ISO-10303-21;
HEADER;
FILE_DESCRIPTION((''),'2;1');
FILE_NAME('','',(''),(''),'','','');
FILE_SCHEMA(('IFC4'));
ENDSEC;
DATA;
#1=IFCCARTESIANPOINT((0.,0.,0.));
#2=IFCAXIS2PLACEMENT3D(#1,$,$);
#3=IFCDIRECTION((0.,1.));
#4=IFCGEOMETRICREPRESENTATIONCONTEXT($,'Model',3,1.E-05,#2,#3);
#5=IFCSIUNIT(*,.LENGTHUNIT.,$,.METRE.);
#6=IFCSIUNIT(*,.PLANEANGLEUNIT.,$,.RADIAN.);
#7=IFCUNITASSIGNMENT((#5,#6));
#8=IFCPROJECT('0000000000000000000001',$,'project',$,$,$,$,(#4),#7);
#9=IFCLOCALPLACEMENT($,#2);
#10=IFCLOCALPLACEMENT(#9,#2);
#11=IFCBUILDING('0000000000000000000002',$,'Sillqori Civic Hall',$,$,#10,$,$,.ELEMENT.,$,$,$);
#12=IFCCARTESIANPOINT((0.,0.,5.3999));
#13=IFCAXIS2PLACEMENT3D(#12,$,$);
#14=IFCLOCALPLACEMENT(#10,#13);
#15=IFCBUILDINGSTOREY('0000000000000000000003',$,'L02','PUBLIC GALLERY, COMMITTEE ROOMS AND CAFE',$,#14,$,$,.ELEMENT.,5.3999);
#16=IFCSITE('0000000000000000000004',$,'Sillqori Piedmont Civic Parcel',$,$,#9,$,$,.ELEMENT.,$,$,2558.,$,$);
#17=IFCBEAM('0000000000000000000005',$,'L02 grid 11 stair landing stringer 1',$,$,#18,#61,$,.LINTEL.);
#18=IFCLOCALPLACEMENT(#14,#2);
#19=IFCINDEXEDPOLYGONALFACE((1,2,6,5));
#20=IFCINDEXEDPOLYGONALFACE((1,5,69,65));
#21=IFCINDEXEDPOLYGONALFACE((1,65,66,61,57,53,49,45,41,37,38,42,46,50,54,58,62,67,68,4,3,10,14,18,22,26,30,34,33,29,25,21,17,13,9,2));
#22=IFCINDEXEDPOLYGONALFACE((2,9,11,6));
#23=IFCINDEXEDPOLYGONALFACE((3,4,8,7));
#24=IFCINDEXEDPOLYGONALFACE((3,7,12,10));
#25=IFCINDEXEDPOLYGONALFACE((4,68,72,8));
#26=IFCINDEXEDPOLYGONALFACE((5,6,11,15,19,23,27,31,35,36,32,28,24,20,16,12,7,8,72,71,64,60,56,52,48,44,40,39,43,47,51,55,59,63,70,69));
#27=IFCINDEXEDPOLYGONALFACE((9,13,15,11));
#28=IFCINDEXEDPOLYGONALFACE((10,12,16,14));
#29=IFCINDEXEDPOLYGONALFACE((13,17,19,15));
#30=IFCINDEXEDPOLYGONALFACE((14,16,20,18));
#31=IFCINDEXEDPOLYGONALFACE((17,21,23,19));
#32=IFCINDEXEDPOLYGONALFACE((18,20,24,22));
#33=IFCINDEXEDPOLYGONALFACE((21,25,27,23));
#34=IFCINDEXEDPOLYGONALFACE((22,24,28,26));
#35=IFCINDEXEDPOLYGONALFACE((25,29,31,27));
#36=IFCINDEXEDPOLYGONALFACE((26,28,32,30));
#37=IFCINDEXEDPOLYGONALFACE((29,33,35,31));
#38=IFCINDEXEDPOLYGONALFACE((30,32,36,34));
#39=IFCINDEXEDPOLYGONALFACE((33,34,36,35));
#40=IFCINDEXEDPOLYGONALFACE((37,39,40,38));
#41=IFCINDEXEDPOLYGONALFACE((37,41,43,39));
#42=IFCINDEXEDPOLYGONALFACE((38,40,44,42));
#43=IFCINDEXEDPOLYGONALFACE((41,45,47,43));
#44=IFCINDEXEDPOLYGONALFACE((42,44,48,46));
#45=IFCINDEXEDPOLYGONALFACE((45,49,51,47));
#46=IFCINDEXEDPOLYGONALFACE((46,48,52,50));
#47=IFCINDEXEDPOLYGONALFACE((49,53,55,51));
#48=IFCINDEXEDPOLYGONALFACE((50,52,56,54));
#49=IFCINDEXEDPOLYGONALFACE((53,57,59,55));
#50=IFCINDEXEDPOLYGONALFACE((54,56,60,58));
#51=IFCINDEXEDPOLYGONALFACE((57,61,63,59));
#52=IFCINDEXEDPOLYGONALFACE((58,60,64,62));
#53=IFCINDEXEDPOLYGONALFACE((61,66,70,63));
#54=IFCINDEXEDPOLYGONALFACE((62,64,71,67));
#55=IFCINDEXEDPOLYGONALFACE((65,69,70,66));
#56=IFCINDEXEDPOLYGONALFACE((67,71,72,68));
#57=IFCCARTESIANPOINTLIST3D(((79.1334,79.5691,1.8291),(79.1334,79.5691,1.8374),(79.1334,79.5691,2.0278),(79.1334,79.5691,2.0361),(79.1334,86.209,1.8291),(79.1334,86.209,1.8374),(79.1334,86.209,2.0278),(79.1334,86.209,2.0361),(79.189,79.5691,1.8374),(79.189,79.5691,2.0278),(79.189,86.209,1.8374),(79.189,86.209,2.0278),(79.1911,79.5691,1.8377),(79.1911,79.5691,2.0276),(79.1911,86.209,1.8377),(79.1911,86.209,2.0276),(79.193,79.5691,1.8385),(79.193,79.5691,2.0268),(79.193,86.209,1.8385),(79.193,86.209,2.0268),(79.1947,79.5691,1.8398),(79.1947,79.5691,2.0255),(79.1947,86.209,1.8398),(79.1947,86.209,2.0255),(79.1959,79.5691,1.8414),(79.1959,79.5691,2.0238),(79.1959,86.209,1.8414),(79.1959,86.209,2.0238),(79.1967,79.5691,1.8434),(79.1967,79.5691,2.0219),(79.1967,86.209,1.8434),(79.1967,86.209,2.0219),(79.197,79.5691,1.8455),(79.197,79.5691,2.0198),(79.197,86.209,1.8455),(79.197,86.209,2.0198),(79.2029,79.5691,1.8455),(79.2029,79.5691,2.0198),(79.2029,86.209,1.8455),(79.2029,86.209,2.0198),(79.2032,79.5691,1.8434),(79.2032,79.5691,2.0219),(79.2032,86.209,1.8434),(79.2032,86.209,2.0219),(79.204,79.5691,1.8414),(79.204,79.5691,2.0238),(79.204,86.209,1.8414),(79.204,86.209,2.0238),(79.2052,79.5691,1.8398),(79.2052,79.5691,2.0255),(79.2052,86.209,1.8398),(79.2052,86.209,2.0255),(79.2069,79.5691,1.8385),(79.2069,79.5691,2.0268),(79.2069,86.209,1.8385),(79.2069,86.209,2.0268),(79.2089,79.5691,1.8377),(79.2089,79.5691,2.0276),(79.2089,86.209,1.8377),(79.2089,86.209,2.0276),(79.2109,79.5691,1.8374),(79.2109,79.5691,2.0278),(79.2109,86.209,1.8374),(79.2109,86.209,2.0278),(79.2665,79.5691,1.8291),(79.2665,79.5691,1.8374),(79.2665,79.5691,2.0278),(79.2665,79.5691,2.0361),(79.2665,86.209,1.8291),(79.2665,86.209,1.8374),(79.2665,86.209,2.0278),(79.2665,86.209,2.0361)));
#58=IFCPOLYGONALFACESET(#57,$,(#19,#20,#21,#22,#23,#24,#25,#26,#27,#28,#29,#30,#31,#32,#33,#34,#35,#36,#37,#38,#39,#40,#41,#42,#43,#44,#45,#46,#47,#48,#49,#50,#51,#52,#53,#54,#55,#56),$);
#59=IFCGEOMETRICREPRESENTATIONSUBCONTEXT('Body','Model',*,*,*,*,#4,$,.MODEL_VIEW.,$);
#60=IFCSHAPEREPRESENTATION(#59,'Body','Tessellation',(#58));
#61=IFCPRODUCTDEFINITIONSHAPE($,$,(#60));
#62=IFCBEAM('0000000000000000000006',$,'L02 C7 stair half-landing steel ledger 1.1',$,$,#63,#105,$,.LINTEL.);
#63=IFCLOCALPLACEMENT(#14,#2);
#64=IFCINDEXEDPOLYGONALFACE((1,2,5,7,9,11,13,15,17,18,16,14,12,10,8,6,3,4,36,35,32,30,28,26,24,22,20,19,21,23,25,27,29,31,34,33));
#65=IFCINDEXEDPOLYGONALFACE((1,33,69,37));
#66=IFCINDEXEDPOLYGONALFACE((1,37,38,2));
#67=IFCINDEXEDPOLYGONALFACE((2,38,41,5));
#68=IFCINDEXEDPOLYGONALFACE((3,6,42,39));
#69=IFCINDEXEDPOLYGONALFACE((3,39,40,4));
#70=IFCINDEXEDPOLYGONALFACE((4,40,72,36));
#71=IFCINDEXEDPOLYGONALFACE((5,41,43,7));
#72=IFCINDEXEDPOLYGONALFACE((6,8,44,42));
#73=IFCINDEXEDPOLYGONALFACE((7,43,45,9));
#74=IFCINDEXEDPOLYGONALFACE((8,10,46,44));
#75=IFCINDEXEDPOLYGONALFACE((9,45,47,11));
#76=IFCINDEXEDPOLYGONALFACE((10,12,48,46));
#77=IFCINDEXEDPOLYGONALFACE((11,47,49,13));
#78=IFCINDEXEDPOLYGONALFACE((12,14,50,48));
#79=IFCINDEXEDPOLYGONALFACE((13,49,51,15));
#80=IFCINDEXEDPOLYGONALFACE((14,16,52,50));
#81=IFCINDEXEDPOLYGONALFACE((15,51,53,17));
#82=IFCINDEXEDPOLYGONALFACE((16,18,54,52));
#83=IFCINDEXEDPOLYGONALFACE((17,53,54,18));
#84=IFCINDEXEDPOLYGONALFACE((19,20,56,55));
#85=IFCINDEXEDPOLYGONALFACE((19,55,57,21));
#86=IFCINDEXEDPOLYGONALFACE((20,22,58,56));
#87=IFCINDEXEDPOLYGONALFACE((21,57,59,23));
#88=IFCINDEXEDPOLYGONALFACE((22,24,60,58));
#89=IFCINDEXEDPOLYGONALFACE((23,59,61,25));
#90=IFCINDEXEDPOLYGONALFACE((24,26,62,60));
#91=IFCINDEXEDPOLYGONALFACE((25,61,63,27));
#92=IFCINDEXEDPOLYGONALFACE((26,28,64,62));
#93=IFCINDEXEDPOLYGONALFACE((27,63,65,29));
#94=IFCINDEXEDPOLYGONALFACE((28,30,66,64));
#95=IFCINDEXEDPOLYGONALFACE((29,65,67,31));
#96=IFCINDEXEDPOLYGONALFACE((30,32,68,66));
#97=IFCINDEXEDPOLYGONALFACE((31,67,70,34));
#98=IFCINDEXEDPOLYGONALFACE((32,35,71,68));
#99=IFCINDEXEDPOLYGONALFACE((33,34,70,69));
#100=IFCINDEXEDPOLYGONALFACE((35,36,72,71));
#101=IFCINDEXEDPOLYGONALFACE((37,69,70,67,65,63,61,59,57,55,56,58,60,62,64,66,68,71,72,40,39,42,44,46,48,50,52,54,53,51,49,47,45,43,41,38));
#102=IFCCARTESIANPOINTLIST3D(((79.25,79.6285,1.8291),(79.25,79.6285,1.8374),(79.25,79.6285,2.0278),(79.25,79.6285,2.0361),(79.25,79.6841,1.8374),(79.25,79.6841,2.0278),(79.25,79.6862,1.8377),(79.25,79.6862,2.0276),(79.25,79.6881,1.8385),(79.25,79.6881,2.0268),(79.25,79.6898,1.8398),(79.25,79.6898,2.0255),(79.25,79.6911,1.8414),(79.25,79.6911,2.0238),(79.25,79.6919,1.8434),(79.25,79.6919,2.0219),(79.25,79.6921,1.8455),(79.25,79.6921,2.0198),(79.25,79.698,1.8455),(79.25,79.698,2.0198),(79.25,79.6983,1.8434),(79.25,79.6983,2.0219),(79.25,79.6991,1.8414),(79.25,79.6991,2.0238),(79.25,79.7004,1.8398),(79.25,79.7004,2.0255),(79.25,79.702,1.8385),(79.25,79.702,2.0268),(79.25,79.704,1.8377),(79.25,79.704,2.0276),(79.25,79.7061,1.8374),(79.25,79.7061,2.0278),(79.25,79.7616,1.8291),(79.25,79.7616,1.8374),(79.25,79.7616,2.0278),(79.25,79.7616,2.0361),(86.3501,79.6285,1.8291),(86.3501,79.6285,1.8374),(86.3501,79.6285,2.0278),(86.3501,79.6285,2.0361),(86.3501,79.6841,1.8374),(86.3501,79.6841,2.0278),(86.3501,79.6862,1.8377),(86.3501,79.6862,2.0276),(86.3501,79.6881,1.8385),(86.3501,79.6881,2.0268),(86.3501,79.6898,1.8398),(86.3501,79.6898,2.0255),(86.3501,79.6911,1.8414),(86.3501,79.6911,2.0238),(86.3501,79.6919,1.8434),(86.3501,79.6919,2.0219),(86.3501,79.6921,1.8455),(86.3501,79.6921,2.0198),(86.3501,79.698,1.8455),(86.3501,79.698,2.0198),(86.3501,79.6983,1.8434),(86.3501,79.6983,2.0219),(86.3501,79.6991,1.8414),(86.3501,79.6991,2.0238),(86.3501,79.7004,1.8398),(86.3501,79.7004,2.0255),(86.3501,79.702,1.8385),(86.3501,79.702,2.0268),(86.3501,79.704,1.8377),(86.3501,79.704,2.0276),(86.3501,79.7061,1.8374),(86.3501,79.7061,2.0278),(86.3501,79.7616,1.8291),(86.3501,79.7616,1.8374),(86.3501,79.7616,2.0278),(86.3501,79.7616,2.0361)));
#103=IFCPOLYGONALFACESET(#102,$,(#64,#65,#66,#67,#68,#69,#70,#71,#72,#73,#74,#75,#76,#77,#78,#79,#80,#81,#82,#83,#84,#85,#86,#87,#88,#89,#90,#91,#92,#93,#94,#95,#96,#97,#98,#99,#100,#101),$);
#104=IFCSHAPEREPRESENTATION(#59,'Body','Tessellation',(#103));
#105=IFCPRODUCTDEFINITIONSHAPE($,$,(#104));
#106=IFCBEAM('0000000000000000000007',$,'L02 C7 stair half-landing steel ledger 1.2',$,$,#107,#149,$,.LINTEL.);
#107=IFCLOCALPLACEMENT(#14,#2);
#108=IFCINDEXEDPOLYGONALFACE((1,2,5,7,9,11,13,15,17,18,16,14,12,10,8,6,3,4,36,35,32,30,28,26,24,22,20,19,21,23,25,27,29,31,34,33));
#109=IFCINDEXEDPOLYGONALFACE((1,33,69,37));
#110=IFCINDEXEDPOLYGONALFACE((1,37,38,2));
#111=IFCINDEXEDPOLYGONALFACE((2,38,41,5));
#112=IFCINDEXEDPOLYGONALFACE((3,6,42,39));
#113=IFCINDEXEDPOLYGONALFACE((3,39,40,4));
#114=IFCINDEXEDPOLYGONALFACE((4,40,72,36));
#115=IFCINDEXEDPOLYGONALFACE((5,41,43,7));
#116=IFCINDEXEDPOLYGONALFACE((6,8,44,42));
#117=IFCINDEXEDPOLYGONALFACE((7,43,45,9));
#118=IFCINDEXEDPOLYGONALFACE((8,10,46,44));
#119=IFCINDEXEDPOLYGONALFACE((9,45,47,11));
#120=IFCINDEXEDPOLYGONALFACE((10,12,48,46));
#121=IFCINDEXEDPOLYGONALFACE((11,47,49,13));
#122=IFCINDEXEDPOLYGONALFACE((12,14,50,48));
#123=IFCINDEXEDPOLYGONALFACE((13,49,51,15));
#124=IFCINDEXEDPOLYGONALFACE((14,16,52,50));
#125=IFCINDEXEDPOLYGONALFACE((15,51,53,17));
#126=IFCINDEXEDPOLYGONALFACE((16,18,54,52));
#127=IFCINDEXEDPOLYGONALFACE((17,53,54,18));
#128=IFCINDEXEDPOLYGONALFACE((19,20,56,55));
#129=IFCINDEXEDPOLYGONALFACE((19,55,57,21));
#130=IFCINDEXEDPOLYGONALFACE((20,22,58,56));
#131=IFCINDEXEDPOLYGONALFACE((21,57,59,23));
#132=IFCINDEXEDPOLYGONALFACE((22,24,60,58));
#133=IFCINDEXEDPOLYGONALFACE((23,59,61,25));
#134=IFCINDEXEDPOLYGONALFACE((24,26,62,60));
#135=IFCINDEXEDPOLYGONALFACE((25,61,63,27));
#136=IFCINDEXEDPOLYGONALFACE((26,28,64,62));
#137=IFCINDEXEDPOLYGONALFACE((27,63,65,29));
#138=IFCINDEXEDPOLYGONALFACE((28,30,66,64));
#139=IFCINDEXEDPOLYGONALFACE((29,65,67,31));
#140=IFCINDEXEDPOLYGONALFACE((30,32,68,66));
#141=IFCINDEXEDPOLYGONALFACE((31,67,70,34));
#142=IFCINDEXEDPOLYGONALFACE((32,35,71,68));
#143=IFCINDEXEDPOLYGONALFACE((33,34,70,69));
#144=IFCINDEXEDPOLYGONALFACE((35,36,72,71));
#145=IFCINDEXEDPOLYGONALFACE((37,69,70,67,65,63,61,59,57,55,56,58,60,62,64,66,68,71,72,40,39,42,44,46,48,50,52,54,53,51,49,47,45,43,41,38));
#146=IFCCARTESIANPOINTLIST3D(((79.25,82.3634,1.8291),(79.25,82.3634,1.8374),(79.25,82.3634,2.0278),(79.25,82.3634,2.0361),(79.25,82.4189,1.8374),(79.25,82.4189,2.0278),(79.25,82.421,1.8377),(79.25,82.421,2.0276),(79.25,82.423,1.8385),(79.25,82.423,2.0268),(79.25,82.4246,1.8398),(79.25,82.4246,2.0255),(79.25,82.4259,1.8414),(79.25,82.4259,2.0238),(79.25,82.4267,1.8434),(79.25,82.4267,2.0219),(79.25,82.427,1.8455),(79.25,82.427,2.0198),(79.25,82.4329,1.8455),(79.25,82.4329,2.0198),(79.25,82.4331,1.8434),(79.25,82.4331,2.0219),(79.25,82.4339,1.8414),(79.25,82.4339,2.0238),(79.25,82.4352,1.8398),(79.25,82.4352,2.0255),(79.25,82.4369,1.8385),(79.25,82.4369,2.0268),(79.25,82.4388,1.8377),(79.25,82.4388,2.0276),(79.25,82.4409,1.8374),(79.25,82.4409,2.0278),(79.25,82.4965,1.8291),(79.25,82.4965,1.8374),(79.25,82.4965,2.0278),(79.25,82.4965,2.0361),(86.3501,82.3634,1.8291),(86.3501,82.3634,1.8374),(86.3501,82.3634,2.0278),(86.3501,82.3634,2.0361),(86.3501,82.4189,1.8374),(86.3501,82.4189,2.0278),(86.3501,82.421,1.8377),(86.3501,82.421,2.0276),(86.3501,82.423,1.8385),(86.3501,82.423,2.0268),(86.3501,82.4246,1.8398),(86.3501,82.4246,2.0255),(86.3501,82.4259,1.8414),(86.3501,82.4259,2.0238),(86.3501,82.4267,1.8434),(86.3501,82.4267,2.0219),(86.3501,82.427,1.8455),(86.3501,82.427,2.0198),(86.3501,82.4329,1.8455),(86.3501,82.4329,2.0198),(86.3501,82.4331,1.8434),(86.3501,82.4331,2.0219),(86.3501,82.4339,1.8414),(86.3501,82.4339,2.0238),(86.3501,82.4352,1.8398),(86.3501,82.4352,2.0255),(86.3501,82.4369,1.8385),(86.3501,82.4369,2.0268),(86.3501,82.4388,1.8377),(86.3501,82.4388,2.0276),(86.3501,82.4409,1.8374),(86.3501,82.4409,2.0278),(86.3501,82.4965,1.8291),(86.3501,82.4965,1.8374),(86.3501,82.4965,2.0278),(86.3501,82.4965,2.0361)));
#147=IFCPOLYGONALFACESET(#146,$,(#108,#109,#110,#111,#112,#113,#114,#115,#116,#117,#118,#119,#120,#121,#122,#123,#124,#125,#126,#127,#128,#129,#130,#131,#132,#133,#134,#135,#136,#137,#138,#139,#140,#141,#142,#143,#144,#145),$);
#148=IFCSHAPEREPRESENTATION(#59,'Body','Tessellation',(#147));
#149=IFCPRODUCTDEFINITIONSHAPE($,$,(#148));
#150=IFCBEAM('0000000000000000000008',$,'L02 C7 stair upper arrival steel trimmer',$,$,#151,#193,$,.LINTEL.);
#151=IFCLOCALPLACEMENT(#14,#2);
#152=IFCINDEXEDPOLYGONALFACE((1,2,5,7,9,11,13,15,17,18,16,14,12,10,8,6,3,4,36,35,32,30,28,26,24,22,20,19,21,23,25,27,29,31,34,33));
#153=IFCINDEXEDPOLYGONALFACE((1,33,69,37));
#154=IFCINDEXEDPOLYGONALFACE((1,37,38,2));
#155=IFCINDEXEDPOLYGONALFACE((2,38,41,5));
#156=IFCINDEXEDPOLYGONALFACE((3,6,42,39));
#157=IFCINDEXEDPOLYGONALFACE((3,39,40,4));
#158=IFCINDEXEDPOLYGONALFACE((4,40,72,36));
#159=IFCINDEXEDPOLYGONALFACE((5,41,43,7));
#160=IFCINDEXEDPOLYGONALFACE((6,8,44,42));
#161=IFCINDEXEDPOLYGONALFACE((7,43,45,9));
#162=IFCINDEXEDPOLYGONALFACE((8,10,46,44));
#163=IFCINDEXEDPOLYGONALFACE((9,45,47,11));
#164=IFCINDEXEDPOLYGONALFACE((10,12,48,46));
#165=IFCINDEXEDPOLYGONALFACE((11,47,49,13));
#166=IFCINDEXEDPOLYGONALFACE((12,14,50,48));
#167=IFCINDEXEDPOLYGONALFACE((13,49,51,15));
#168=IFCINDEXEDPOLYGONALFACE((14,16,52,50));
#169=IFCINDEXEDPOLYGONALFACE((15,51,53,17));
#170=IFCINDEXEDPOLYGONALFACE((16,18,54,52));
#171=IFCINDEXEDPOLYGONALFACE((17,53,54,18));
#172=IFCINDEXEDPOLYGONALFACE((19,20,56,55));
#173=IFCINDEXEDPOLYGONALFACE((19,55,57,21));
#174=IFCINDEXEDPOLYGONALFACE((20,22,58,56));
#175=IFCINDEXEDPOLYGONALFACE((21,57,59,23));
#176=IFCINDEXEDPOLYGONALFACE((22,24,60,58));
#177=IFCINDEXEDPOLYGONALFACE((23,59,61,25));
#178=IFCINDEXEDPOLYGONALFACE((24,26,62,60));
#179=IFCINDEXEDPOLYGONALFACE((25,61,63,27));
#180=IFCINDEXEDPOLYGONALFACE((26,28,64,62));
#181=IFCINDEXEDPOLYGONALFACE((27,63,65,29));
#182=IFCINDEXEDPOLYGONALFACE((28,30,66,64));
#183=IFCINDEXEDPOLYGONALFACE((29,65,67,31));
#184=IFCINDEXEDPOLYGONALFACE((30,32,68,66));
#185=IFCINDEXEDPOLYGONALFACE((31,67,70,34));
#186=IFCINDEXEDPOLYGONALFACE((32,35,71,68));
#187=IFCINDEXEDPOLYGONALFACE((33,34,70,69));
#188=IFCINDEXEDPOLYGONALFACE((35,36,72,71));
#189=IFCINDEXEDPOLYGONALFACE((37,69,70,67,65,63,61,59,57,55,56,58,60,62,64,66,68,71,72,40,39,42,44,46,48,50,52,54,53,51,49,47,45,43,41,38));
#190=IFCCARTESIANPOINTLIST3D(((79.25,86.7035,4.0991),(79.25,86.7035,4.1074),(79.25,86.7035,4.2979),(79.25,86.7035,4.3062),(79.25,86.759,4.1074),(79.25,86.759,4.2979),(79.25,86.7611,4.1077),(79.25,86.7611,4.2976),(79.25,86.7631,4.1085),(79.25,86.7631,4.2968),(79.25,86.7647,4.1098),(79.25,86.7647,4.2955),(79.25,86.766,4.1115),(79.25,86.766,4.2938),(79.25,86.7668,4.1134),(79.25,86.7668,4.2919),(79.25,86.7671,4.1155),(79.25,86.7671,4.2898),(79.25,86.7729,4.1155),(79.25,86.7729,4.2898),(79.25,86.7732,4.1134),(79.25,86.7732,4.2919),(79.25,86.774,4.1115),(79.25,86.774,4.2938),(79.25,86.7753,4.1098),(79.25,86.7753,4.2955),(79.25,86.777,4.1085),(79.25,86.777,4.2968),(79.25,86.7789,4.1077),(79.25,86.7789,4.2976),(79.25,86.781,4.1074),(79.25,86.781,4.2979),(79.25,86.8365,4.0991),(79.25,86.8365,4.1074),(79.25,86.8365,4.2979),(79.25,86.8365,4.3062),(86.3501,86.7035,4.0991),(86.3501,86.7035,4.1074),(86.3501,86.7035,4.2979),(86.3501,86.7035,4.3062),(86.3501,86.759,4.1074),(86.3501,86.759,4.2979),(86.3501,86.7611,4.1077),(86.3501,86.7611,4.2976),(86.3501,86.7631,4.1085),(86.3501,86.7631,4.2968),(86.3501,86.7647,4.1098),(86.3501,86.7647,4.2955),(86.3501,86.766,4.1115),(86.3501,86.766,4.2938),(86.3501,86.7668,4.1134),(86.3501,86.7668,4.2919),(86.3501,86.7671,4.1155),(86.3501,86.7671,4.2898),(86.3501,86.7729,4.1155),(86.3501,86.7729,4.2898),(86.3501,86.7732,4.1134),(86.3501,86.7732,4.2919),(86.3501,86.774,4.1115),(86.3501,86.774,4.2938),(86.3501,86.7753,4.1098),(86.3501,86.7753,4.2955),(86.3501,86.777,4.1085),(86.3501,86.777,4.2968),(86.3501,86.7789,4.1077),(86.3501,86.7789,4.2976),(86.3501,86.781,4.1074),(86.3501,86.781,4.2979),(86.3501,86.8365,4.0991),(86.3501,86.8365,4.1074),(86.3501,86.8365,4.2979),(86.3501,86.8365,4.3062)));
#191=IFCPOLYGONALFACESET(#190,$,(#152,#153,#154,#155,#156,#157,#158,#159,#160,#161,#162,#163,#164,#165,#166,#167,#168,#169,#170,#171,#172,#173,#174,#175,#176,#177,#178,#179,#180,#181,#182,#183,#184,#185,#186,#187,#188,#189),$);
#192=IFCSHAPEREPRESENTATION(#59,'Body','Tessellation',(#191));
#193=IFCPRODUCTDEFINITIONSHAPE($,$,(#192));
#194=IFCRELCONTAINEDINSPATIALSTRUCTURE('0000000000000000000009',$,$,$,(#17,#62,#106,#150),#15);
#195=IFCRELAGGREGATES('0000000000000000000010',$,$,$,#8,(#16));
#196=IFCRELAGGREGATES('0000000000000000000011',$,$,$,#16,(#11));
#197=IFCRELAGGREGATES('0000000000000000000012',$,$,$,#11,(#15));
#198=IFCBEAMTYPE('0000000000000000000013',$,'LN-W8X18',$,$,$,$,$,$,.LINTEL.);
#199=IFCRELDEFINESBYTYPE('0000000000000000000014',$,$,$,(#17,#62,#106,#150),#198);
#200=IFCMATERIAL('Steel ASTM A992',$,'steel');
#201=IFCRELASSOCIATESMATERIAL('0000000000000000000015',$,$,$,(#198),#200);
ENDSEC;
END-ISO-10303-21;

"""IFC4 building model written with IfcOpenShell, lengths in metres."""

from ifc_helpers import new_model, si_unit, direction, frame, origin, origin_2d, place, context, subcontext, project, spatial, i_section, extrude, material, material_profile, profile_set, type_object, element, save


model = new_model("IFC4")

# Units and contexts
model_context = context("Model", 3, precision=1e-05, world=origin(), true_north=direction((0.0, 1.0)))
body_context = subcontext(model_context, "Body", "Model", "MODEL_VIEW")
ifc_project = project(units=[si_unit("LENGTHUNIT", "METRE"), si_unit("PLANEANGLEUNIT", "RADIAN")], contexts=[model_context])

# Site, building, storey
site_placement = place(None, origin())
site = spatial("IfcSite", under=ifc_project, at=site_placement, Name="Sillqori Piedmont Civic Parcel", CompositionType="ELEMENT", RefElevation=2558.0)
building_placement = place(site_placement, origin())
building = spatial("IfcBuilding", under=site, at=building_placement, Name="Sillqori Civic Hall", CompositionType="ELEMENT")
storey_placement = place(building_placement, frame((0.0, 0.0, 5.3999)))
storey = spatial("IfcBuildingStorey", under=building, at=storey_placement, Name="L02", Description="PUBLIC GALLERY, COMMITTEE ROOMS AND CAFE", CompositionType="ELEMENT", Elevation=5.3999)

# Shared definitions
ifc_material_1 = material(Name="Steel ASTM A992", Category="steel")

# Beams
ifc_material_profile_1 = material_profile(ifc_material_1, i_section(OverallWidth=0.1331, OverallDepth=0.207, WebThickness=0.0059, FlangeThickness=0.0083, FilletRadius=0.0081, at=origin_2d()), Name="W8X18")
ifc_profile_set_1 = profile_set([ifc_material_profile_1], Name="Steel ASTM A992")
beam_type_1 = type_object("IfcBeamType", Name="LN-W8X18", PredefinedType="LINTEL", material=ifc_profile_set_1)
beam_1_placement = place(storey_placement, frame((79.2, 79.5691, 1.9326), z_axis=(0.0, 1.0, 0.0), x_axis=(-1.0, 0.0, 0.0)))
element("IfcBeam", 1, at=beam_1_placement, inside=storey, type_object=beam_type_1, Name="L02 grid 11 stair landing stringer 1", PredefinedType="LINTEL", context=body_context, shape_type="SweptSolid", body=[
    extrude(i_section(OverallWidth=0.1331, OverallDepth=0.207, WebThickness=0.0059, FlangeThickness=0.0083, FilletRadius=0.0081, at=origin_2d()), origin(), (0.0, 0.0, 1.0), 6.6399),
])
for number, where, z_axis, x_axis, name in (
    (2, (79.25, 79.6951, 1.9326), (1.0, 0.0, 0.0), (0.0, 1.0, 0.0), "L02 C7 stair half-landing steel ledger 1.1"),
    (3, (79.25, 82.4299, 1.9326), (1.0, 0.0, 0.0), (0.0, 1.0, 0.0), "L02 C7 stair half-landing steel ledger 1.2"),
    (4, (79.25, 86.77, 4.2026), (1.0, 0.0, 0.0), (0.0, 1.0, 0.0), "L02 C7 stair upper arrival steel trimmer"),
):
    element("IfcBeam", number, at=place(storey_placement, frame(where, z_axis=z_axis, x_axis=x_axis)), inside=storey, type_object=beam_type_1, Name=name, PredefinedType="LINTEL", context=body_context, shape_type="SweptSolid", body=[
        extrude(i_section(OverallWidth=0.1331, OverallDepth=0.207, WebThickness=0.0059, FlangeThickness=0.0083, FilletRadius=0.0081, at=origin_2d()), origin(), (0.0, 0.0, 1.0), 7.1001),
    ])

save(model, "model.ifc")
